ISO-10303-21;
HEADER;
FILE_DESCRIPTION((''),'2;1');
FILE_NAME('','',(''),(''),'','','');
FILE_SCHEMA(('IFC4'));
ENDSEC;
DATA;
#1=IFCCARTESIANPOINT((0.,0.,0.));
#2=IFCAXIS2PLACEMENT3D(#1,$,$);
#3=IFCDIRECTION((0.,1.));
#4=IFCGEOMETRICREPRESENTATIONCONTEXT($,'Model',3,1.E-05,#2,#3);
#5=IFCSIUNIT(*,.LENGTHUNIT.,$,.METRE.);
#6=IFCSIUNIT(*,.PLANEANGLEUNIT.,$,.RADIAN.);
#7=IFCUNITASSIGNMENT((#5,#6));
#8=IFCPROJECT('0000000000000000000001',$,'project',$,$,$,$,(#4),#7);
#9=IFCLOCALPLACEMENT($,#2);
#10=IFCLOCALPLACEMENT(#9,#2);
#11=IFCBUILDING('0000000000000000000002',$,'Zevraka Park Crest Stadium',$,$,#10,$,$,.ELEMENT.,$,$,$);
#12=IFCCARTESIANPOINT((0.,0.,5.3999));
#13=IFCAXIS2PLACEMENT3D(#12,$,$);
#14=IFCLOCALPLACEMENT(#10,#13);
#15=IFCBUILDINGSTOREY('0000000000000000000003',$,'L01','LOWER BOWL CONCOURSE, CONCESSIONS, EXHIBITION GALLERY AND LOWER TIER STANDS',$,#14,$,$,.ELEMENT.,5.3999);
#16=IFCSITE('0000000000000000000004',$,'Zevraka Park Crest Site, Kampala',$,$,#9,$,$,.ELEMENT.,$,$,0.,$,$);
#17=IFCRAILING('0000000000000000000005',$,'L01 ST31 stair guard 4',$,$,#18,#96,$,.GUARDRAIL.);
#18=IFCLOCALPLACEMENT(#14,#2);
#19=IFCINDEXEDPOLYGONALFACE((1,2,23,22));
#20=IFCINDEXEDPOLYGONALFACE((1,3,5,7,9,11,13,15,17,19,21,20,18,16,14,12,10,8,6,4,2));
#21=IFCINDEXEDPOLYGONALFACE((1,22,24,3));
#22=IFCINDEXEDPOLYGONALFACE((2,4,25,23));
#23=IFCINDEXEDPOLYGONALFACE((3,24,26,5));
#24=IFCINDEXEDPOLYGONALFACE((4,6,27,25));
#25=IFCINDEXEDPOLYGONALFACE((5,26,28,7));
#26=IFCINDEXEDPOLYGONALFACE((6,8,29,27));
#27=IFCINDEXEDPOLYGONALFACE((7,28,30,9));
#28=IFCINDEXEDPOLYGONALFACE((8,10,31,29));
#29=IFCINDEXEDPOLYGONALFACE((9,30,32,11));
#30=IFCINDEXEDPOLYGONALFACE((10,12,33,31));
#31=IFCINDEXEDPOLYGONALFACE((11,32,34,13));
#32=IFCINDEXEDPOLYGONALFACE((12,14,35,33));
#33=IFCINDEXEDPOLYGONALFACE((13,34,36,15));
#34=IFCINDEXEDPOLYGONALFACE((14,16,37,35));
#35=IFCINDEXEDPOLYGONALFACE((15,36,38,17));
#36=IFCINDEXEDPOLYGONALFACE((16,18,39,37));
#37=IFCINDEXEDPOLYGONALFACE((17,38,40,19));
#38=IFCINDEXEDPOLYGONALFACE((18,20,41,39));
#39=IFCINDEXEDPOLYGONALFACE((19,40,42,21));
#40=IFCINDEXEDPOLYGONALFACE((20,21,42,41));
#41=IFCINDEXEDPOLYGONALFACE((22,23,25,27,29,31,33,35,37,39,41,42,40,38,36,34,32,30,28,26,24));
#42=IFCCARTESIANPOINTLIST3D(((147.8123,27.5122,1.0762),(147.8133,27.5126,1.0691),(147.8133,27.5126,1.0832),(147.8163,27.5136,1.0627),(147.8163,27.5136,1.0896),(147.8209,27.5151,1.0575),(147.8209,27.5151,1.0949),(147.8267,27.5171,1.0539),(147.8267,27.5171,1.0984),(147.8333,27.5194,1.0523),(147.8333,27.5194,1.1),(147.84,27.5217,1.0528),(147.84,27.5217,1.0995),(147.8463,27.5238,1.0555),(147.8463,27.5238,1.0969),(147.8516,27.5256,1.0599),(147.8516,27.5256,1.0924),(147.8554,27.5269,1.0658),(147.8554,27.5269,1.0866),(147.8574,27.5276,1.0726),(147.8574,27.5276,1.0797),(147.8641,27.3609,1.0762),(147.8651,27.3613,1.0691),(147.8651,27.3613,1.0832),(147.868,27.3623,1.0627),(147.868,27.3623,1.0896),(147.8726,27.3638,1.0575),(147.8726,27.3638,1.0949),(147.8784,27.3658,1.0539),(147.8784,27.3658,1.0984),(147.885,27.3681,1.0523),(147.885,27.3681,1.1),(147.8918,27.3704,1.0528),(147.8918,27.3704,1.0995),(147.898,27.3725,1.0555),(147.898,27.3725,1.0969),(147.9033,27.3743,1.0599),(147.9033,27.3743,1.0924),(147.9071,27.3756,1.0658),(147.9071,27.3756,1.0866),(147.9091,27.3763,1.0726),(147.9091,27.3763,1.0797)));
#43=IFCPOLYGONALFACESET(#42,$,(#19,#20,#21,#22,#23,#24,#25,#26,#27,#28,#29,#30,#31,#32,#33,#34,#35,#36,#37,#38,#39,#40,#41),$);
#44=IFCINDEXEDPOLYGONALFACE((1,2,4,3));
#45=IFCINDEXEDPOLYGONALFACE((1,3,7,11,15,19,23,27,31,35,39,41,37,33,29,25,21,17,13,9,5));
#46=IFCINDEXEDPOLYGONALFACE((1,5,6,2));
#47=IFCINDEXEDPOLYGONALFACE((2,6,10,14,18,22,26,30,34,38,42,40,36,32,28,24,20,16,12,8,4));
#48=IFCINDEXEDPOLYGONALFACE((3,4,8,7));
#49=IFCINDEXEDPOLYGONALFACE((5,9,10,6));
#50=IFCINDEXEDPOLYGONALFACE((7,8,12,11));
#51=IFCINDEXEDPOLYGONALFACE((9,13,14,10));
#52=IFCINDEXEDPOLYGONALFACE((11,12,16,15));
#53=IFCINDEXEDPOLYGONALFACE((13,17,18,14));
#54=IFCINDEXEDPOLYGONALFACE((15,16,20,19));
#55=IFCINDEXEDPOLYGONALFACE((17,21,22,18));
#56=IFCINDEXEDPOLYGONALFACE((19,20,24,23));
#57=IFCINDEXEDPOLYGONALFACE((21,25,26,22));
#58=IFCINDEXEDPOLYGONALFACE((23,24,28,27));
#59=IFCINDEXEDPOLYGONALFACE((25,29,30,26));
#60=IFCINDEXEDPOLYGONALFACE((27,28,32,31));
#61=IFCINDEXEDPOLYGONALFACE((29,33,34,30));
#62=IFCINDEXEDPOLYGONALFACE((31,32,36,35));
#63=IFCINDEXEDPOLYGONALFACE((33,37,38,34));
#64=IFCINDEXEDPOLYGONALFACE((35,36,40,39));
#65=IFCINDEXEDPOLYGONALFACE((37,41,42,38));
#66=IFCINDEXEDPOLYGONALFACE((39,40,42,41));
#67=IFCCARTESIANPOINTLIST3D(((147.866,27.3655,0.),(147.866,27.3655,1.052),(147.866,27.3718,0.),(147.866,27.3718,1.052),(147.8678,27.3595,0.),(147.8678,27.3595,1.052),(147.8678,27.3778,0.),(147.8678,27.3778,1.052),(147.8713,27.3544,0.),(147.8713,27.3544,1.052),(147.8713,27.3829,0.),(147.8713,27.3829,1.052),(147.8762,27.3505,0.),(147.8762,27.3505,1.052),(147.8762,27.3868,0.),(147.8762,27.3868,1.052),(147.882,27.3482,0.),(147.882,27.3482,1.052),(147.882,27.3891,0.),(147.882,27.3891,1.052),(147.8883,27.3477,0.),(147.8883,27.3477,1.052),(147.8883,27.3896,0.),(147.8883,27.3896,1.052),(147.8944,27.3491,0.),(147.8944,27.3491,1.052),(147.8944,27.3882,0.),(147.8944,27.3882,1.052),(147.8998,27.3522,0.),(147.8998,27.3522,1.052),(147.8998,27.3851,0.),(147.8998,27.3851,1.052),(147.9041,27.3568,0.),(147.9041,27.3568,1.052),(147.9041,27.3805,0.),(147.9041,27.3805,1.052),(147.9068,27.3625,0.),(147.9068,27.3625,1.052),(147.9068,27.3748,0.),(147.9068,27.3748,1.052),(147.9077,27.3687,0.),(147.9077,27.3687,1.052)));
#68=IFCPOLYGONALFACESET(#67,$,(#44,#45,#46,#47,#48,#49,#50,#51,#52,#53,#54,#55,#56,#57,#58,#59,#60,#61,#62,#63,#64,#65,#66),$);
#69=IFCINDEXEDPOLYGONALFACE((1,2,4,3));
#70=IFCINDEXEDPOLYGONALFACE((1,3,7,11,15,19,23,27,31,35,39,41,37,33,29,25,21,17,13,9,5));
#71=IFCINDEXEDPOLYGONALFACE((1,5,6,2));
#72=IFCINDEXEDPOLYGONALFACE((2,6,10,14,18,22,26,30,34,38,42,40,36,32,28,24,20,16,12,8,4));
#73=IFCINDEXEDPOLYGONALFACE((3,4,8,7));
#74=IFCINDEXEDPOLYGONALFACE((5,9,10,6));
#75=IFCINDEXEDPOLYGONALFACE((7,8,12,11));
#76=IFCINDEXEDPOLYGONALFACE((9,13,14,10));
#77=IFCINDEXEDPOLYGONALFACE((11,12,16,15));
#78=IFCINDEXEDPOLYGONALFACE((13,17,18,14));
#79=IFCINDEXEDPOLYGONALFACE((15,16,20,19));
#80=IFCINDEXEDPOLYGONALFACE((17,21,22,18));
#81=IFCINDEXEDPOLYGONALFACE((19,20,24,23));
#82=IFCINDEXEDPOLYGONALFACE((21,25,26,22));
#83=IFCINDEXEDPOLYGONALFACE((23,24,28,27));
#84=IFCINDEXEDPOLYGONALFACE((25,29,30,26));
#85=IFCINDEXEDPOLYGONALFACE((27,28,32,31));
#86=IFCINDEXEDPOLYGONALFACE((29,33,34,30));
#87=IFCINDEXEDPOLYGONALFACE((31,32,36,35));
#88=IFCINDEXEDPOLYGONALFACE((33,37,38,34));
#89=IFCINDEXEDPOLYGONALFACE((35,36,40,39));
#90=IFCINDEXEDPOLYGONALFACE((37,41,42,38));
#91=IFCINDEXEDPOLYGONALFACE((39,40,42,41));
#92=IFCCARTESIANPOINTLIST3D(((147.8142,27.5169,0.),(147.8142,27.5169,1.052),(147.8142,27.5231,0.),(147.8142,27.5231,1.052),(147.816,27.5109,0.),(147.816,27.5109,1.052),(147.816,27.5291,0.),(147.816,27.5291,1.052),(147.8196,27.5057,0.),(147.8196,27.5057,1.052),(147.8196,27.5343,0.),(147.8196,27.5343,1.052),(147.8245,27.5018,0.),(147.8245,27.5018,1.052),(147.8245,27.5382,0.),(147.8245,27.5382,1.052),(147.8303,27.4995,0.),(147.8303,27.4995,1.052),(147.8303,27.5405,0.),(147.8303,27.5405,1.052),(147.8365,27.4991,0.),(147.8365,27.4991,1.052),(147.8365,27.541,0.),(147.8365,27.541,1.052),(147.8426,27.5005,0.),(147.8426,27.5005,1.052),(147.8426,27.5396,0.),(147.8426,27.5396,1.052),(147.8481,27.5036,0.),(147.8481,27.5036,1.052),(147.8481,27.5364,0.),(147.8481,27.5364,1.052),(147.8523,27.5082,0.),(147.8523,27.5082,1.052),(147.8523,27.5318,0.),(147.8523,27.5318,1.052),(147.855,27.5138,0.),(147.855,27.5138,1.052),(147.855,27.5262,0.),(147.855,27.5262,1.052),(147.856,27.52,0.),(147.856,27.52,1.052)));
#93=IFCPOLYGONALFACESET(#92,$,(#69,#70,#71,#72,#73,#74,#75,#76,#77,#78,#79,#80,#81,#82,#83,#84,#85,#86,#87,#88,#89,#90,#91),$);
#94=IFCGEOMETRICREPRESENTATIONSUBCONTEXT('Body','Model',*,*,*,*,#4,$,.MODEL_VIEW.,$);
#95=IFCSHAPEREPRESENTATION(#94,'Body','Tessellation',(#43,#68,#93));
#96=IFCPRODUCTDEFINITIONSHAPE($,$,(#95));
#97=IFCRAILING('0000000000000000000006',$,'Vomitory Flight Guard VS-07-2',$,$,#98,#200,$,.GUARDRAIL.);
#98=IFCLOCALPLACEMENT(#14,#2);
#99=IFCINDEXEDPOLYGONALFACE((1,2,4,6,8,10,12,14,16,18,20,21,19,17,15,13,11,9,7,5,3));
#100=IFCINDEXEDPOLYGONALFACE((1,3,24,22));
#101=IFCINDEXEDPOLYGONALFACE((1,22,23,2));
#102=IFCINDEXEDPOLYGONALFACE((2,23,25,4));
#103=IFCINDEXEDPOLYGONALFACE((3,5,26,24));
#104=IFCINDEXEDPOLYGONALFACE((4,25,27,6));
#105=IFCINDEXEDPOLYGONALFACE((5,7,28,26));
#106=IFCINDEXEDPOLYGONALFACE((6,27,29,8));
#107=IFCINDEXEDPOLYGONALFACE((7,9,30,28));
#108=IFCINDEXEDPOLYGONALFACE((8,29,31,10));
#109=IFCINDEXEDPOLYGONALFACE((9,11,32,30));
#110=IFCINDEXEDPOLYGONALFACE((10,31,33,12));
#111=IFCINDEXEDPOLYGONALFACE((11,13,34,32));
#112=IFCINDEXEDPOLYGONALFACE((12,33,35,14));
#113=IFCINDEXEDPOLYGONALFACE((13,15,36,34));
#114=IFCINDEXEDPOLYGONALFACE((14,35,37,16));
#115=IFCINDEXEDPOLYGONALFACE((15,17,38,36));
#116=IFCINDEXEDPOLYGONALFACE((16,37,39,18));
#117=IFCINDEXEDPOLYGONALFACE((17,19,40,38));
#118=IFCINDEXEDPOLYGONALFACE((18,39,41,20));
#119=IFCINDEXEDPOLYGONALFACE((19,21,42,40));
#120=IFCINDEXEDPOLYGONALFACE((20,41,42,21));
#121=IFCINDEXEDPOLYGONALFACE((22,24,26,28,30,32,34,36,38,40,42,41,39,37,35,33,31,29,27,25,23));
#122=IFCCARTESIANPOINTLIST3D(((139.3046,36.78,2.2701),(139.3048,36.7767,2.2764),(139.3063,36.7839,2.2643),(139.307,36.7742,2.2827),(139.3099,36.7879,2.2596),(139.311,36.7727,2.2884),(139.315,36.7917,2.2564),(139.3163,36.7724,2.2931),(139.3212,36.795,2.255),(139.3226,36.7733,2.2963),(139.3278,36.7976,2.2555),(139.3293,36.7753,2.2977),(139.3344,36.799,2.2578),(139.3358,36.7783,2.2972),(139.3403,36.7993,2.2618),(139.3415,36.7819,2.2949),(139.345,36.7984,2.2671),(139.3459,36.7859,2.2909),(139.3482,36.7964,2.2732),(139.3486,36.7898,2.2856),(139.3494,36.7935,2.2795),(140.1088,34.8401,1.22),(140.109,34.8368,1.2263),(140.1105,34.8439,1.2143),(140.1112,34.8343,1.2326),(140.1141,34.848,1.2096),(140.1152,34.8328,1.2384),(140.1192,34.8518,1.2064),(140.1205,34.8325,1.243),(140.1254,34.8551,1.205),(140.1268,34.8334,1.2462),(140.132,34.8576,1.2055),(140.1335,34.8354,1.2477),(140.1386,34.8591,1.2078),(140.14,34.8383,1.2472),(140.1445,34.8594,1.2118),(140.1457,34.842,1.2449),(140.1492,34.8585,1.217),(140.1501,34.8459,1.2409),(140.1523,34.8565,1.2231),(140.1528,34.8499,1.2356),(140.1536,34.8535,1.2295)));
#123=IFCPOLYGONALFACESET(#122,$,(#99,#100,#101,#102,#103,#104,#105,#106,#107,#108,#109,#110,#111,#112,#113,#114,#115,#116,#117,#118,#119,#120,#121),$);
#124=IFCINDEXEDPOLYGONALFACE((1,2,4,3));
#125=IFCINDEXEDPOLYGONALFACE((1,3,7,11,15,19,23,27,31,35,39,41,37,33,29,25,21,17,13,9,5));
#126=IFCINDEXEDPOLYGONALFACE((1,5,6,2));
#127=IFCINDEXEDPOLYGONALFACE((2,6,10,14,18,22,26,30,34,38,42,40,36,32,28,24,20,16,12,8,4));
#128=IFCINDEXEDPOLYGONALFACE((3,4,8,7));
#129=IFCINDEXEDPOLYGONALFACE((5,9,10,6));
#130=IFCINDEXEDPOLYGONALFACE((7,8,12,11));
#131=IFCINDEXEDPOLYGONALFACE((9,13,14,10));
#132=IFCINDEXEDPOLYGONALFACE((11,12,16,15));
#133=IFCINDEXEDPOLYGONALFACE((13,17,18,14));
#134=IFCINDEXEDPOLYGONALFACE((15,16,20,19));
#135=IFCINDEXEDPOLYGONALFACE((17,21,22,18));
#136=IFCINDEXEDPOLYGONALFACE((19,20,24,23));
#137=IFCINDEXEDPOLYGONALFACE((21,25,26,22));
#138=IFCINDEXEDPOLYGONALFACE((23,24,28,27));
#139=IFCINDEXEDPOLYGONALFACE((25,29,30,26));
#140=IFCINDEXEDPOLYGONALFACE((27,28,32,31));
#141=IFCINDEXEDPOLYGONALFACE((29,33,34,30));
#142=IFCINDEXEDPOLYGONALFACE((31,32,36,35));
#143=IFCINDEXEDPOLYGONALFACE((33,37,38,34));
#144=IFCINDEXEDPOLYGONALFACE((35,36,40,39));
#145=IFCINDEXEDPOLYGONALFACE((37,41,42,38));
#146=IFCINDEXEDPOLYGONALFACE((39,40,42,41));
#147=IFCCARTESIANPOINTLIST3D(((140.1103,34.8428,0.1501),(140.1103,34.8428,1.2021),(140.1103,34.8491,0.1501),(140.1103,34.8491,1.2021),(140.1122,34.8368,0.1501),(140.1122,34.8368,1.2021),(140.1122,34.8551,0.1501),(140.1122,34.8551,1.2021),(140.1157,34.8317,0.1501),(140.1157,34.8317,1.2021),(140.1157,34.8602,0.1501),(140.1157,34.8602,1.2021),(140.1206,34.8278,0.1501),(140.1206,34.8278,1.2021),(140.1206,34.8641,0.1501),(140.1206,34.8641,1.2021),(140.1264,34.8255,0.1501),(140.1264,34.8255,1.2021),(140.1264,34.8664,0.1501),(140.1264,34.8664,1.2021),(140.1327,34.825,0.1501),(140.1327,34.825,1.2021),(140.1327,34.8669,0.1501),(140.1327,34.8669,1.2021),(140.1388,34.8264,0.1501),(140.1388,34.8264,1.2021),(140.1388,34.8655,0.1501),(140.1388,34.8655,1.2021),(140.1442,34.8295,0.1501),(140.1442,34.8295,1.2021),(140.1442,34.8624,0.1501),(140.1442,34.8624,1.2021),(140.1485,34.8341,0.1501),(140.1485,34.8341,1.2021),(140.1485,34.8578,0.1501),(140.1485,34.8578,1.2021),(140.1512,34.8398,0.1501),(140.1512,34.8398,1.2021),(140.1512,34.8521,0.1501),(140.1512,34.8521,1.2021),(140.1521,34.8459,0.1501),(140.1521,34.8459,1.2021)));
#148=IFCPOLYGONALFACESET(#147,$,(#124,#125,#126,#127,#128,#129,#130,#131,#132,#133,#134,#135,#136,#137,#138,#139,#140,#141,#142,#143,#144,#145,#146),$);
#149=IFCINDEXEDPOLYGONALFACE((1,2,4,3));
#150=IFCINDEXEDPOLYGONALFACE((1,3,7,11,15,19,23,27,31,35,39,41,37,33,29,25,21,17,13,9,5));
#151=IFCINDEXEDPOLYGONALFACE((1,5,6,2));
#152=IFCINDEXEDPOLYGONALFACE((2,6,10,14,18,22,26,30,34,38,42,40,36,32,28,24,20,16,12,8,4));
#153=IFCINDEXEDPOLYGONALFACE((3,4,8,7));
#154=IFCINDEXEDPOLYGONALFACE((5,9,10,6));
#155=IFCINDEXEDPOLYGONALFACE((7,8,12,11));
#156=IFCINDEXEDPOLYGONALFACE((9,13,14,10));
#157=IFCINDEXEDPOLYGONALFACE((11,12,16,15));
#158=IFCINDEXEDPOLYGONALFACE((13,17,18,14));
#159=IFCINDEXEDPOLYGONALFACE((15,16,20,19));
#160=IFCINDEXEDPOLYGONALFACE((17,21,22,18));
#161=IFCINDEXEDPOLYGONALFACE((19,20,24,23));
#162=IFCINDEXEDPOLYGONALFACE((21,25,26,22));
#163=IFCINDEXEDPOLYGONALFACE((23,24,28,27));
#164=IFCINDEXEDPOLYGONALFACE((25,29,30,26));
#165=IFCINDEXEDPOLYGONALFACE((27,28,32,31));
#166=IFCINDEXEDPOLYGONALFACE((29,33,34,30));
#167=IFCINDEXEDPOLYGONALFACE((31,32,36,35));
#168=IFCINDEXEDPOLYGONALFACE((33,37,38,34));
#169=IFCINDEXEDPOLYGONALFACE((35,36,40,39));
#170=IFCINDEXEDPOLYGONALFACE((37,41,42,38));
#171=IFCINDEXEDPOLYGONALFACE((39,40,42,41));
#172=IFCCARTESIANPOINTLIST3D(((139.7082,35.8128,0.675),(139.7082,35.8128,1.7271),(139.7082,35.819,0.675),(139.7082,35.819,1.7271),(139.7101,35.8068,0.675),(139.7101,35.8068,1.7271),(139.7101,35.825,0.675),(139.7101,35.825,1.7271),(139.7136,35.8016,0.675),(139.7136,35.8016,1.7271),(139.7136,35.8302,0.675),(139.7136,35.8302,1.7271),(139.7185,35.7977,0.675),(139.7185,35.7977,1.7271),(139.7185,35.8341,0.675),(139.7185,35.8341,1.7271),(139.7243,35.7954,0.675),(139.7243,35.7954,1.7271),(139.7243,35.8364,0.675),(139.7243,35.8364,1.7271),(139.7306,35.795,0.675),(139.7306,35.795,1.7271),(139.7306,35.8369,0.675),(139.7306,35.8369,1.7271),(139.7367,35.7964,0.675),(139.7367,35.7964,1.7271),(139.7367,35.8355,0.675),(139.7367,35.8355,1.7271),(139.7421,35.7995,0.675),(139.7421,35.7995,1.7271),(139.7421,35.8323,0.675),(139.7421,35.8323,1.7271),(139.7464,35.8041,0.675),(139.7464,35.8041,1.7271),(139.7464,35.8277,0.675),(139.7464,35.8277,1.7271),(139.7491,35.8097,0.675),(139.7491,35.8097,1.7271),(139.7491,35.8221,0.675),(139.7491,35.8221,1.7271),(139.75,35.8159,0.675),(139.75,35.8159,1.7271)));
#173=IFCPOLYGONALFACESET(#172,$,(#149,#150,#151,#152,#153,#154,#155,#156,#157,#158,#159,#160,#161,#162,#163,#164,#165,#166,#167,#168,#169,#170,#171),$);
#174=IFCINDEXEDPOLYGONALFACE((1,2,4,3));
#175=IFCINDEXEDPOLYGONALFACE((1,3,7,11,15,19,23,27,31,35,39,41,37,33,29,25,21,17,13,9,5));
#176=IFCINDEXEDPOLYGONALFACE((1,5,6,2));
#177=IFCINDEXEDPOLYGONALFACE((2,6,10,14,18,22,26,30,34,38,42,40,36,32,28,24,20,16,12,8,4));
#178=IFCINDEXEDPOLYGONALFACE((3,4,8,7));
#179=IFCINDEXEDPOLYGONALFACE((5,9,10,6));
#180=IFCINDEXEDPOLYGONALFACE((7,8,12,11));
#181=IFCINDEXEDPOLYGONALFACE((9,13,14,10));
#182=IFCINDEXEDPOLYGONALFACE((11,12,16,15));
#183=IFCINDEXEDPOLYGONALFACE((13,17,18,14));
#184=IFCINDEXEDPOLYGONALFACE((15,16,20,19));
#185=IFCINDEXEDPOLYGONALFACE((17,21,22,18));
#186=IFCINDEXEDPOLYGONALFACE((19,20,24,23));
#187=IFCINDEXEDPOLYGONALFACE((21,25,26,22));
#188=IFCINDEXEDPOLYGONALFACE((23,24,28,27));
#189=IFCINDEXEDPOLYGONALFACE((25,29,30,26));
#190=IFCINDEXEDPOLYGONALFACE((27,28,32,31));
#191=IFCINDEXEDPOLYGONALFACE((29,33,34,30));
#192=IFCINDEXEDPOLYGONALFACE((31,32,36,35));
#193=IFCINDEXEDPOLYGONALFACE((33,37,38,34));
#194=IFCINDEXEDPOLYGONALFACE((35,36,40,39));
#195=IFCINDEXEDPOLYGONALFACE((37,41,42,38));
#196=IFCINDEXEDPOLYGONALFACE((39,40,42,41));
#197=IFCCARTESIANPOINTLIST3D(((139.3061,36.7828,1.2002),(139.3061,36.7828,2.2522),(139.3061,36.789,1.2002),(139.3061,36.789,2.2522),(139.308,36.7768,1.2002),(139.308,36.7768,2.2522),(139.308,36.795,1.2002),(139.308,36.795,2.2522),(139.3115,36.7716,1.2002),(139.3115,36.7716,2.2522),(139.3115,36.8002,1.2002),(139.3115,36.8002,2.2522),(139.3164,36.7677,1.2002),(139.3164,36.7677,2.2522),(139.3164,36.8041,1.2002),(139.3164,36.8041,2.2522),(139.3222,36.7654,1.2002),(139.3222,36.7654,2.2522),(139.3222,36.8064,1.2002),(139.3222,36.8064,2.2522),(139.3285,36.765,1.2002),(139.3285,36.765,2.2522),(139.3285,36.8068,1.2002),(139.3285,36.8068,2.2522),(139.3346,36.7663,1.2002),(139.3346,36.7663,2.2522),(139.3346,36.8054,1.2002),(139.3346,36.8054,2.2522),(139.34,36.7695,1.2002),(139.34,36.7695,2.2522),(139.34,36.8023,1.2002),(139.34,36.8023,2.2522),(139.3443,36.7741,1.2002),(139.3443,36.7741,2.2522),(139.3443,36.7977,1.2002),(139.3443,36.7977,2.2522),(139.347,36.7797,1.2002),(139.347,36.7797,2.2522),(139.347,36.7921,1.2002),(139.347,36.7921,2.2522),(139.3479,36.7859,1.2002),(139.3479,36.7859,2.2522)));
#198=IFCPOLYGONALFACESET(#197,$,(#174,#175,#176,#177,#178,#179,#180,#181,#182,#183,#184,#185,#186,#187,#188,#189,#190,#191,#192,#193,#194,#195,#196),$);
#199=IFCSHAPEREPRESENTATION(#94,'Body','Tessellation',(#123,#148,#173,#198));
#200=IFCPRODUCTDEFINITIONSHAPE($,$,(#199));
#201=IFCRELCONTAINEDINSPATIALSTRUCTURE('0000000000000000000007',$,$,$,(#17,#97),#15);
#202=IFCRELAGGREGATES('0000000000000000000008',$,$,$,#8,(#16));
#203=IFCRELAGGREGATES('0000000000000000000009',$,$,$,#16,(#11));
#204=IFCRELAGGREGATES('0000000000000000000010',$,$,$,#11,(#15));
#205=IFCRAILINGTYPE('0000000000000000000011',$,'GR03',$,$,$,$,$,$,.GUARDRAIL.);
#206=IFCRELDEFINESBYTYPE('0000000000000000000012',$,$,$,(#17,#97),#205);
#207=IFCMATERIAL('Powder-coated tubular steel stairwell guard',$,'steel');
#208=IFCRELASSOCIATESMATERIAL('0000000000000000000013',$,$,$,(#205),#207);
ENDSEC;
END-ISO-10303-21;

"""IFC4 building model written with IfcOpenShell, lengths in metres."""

from ifc_helpers import new_model, si_unit, direction, frame, origin, origin_2d, place, context, subcontext, project, spatial, circle, extrude, material, type_object, element, save


model = new_model("IFC4")

# Units and contexts
model_context = context("Model", 3, precision=1e-05, world=origin(), true_north=direction((0.0, 1.0)))
body_context = subcontext(model_context, "Body", "Model", "MODEL_VIEW")
ifc_project = project(units=[si_unit("LENGTHUNIT", "METRE"), si_unit("PLANEANGLEUNIT", "RADIAN")], contexts=[model_context])

# Site, building, storey
site_placement = place(None, origin())
site = spatial("IfcSite", under=ifc_project, at=site_placement, Name="Zevraka Park Crest Site, Kampala", CompositionType="ELEMENT", RefElevation=0.0)
building_placement = place(site_placement, origin())
building = spatial("IfcBuilding", under=site, at=building_placement, Name="Zevraka Park Crest Stadium", CompositionType="ELEMENT")
storey_placement = place(building_placement, frame((0.0, 0.0, 5.3999)))
storey = spatial("IfcBuildingStorey", under=building, at=storey_placement, Name="L01", Description="LOWER BOWL CONCOURSE, CONCESSIONS, EXHIBITION GALLERY AND LOWER TIER STANDS", CompositionType="ELEMENT", Elevation=5.3999)

# Railings
ifc_material_1 = material(Name="Powder-coated tubular steel stairwell guard", Category="steel")
railing_type_1 = type_object("IfcRailingType", Name="GR03", PredefinedType="GUARDRAIL", material=ifc_material_1)
railing_1_placement = place(storey_placement, frame((147.8867, 27.3687, 0.0)))
element("IfcRailing", 1, at=railing_1_placement, inside=storey, type_object=railing_type_1, Name="L01 ST31 stair guard 4", PredefinedType="GUARDRAIL", context=body_context, shape_type="SweptSolid", body=[
    extrude(circle(Radius=0.0239, at=origin_2d()), frame((0.0, 0.0, 1.0762), z_axis=(-0.323544, 0.946213, 0.0), x_axis=(-0.946213, -0.323544, 0.0)), (0.0, 0.0, 1.0), 0.1599),
    extrude(circle(Radius=0.021, at=origin_2d()), origin(), (0.0, 0.0, 1.0), 1.052),
    extrude(circle(Radius=0.021, at=origin_2d()), frame((-0.0518, 0.1514, 0.0)), (0.0, 0.0, 1.0), 1.052),
])
railing_2_placement = place(storey_placement, frame((140.1311, 34.8459, 0.1501)))
element("IfcRailing", 2, at=railing_2_placement, inside=storey, type_object=railing_type_1, Name="Vomitory Flight Guard VS-07-2", PredefinedType="GUARDRAIL", context=body_context, shape_type="SweptSolid", body=[
    extrude(circle(Radius=0.0239, at=origin_2d()), frame((0.0, 0.0, 1.0762), z_axis=(-0.342516, 0.82624, 0.447226), x_axis=(-0.92377, -0.382947, 0.0)), (0.0, 0.0, 1.0), 2.3479),
    extrude(circle(Radius=0.021, at=origin_2d()), origin(), (0.0, 0.0, 1.0), 1.052),
    extrude(circle(Radius=0.021, at=origin_2d()), frame((-0.4021, 0.97, 0.5249)), (0.0, 0.0, 1.0), 1.052),
    extrude(circle(Radius=0.021, at=origin_2d()), frame((-0.8042, 1.9399, 1.05)), (0.0, 0.0, 1.0), 1.052),
])

save(model, "model.ifc")
